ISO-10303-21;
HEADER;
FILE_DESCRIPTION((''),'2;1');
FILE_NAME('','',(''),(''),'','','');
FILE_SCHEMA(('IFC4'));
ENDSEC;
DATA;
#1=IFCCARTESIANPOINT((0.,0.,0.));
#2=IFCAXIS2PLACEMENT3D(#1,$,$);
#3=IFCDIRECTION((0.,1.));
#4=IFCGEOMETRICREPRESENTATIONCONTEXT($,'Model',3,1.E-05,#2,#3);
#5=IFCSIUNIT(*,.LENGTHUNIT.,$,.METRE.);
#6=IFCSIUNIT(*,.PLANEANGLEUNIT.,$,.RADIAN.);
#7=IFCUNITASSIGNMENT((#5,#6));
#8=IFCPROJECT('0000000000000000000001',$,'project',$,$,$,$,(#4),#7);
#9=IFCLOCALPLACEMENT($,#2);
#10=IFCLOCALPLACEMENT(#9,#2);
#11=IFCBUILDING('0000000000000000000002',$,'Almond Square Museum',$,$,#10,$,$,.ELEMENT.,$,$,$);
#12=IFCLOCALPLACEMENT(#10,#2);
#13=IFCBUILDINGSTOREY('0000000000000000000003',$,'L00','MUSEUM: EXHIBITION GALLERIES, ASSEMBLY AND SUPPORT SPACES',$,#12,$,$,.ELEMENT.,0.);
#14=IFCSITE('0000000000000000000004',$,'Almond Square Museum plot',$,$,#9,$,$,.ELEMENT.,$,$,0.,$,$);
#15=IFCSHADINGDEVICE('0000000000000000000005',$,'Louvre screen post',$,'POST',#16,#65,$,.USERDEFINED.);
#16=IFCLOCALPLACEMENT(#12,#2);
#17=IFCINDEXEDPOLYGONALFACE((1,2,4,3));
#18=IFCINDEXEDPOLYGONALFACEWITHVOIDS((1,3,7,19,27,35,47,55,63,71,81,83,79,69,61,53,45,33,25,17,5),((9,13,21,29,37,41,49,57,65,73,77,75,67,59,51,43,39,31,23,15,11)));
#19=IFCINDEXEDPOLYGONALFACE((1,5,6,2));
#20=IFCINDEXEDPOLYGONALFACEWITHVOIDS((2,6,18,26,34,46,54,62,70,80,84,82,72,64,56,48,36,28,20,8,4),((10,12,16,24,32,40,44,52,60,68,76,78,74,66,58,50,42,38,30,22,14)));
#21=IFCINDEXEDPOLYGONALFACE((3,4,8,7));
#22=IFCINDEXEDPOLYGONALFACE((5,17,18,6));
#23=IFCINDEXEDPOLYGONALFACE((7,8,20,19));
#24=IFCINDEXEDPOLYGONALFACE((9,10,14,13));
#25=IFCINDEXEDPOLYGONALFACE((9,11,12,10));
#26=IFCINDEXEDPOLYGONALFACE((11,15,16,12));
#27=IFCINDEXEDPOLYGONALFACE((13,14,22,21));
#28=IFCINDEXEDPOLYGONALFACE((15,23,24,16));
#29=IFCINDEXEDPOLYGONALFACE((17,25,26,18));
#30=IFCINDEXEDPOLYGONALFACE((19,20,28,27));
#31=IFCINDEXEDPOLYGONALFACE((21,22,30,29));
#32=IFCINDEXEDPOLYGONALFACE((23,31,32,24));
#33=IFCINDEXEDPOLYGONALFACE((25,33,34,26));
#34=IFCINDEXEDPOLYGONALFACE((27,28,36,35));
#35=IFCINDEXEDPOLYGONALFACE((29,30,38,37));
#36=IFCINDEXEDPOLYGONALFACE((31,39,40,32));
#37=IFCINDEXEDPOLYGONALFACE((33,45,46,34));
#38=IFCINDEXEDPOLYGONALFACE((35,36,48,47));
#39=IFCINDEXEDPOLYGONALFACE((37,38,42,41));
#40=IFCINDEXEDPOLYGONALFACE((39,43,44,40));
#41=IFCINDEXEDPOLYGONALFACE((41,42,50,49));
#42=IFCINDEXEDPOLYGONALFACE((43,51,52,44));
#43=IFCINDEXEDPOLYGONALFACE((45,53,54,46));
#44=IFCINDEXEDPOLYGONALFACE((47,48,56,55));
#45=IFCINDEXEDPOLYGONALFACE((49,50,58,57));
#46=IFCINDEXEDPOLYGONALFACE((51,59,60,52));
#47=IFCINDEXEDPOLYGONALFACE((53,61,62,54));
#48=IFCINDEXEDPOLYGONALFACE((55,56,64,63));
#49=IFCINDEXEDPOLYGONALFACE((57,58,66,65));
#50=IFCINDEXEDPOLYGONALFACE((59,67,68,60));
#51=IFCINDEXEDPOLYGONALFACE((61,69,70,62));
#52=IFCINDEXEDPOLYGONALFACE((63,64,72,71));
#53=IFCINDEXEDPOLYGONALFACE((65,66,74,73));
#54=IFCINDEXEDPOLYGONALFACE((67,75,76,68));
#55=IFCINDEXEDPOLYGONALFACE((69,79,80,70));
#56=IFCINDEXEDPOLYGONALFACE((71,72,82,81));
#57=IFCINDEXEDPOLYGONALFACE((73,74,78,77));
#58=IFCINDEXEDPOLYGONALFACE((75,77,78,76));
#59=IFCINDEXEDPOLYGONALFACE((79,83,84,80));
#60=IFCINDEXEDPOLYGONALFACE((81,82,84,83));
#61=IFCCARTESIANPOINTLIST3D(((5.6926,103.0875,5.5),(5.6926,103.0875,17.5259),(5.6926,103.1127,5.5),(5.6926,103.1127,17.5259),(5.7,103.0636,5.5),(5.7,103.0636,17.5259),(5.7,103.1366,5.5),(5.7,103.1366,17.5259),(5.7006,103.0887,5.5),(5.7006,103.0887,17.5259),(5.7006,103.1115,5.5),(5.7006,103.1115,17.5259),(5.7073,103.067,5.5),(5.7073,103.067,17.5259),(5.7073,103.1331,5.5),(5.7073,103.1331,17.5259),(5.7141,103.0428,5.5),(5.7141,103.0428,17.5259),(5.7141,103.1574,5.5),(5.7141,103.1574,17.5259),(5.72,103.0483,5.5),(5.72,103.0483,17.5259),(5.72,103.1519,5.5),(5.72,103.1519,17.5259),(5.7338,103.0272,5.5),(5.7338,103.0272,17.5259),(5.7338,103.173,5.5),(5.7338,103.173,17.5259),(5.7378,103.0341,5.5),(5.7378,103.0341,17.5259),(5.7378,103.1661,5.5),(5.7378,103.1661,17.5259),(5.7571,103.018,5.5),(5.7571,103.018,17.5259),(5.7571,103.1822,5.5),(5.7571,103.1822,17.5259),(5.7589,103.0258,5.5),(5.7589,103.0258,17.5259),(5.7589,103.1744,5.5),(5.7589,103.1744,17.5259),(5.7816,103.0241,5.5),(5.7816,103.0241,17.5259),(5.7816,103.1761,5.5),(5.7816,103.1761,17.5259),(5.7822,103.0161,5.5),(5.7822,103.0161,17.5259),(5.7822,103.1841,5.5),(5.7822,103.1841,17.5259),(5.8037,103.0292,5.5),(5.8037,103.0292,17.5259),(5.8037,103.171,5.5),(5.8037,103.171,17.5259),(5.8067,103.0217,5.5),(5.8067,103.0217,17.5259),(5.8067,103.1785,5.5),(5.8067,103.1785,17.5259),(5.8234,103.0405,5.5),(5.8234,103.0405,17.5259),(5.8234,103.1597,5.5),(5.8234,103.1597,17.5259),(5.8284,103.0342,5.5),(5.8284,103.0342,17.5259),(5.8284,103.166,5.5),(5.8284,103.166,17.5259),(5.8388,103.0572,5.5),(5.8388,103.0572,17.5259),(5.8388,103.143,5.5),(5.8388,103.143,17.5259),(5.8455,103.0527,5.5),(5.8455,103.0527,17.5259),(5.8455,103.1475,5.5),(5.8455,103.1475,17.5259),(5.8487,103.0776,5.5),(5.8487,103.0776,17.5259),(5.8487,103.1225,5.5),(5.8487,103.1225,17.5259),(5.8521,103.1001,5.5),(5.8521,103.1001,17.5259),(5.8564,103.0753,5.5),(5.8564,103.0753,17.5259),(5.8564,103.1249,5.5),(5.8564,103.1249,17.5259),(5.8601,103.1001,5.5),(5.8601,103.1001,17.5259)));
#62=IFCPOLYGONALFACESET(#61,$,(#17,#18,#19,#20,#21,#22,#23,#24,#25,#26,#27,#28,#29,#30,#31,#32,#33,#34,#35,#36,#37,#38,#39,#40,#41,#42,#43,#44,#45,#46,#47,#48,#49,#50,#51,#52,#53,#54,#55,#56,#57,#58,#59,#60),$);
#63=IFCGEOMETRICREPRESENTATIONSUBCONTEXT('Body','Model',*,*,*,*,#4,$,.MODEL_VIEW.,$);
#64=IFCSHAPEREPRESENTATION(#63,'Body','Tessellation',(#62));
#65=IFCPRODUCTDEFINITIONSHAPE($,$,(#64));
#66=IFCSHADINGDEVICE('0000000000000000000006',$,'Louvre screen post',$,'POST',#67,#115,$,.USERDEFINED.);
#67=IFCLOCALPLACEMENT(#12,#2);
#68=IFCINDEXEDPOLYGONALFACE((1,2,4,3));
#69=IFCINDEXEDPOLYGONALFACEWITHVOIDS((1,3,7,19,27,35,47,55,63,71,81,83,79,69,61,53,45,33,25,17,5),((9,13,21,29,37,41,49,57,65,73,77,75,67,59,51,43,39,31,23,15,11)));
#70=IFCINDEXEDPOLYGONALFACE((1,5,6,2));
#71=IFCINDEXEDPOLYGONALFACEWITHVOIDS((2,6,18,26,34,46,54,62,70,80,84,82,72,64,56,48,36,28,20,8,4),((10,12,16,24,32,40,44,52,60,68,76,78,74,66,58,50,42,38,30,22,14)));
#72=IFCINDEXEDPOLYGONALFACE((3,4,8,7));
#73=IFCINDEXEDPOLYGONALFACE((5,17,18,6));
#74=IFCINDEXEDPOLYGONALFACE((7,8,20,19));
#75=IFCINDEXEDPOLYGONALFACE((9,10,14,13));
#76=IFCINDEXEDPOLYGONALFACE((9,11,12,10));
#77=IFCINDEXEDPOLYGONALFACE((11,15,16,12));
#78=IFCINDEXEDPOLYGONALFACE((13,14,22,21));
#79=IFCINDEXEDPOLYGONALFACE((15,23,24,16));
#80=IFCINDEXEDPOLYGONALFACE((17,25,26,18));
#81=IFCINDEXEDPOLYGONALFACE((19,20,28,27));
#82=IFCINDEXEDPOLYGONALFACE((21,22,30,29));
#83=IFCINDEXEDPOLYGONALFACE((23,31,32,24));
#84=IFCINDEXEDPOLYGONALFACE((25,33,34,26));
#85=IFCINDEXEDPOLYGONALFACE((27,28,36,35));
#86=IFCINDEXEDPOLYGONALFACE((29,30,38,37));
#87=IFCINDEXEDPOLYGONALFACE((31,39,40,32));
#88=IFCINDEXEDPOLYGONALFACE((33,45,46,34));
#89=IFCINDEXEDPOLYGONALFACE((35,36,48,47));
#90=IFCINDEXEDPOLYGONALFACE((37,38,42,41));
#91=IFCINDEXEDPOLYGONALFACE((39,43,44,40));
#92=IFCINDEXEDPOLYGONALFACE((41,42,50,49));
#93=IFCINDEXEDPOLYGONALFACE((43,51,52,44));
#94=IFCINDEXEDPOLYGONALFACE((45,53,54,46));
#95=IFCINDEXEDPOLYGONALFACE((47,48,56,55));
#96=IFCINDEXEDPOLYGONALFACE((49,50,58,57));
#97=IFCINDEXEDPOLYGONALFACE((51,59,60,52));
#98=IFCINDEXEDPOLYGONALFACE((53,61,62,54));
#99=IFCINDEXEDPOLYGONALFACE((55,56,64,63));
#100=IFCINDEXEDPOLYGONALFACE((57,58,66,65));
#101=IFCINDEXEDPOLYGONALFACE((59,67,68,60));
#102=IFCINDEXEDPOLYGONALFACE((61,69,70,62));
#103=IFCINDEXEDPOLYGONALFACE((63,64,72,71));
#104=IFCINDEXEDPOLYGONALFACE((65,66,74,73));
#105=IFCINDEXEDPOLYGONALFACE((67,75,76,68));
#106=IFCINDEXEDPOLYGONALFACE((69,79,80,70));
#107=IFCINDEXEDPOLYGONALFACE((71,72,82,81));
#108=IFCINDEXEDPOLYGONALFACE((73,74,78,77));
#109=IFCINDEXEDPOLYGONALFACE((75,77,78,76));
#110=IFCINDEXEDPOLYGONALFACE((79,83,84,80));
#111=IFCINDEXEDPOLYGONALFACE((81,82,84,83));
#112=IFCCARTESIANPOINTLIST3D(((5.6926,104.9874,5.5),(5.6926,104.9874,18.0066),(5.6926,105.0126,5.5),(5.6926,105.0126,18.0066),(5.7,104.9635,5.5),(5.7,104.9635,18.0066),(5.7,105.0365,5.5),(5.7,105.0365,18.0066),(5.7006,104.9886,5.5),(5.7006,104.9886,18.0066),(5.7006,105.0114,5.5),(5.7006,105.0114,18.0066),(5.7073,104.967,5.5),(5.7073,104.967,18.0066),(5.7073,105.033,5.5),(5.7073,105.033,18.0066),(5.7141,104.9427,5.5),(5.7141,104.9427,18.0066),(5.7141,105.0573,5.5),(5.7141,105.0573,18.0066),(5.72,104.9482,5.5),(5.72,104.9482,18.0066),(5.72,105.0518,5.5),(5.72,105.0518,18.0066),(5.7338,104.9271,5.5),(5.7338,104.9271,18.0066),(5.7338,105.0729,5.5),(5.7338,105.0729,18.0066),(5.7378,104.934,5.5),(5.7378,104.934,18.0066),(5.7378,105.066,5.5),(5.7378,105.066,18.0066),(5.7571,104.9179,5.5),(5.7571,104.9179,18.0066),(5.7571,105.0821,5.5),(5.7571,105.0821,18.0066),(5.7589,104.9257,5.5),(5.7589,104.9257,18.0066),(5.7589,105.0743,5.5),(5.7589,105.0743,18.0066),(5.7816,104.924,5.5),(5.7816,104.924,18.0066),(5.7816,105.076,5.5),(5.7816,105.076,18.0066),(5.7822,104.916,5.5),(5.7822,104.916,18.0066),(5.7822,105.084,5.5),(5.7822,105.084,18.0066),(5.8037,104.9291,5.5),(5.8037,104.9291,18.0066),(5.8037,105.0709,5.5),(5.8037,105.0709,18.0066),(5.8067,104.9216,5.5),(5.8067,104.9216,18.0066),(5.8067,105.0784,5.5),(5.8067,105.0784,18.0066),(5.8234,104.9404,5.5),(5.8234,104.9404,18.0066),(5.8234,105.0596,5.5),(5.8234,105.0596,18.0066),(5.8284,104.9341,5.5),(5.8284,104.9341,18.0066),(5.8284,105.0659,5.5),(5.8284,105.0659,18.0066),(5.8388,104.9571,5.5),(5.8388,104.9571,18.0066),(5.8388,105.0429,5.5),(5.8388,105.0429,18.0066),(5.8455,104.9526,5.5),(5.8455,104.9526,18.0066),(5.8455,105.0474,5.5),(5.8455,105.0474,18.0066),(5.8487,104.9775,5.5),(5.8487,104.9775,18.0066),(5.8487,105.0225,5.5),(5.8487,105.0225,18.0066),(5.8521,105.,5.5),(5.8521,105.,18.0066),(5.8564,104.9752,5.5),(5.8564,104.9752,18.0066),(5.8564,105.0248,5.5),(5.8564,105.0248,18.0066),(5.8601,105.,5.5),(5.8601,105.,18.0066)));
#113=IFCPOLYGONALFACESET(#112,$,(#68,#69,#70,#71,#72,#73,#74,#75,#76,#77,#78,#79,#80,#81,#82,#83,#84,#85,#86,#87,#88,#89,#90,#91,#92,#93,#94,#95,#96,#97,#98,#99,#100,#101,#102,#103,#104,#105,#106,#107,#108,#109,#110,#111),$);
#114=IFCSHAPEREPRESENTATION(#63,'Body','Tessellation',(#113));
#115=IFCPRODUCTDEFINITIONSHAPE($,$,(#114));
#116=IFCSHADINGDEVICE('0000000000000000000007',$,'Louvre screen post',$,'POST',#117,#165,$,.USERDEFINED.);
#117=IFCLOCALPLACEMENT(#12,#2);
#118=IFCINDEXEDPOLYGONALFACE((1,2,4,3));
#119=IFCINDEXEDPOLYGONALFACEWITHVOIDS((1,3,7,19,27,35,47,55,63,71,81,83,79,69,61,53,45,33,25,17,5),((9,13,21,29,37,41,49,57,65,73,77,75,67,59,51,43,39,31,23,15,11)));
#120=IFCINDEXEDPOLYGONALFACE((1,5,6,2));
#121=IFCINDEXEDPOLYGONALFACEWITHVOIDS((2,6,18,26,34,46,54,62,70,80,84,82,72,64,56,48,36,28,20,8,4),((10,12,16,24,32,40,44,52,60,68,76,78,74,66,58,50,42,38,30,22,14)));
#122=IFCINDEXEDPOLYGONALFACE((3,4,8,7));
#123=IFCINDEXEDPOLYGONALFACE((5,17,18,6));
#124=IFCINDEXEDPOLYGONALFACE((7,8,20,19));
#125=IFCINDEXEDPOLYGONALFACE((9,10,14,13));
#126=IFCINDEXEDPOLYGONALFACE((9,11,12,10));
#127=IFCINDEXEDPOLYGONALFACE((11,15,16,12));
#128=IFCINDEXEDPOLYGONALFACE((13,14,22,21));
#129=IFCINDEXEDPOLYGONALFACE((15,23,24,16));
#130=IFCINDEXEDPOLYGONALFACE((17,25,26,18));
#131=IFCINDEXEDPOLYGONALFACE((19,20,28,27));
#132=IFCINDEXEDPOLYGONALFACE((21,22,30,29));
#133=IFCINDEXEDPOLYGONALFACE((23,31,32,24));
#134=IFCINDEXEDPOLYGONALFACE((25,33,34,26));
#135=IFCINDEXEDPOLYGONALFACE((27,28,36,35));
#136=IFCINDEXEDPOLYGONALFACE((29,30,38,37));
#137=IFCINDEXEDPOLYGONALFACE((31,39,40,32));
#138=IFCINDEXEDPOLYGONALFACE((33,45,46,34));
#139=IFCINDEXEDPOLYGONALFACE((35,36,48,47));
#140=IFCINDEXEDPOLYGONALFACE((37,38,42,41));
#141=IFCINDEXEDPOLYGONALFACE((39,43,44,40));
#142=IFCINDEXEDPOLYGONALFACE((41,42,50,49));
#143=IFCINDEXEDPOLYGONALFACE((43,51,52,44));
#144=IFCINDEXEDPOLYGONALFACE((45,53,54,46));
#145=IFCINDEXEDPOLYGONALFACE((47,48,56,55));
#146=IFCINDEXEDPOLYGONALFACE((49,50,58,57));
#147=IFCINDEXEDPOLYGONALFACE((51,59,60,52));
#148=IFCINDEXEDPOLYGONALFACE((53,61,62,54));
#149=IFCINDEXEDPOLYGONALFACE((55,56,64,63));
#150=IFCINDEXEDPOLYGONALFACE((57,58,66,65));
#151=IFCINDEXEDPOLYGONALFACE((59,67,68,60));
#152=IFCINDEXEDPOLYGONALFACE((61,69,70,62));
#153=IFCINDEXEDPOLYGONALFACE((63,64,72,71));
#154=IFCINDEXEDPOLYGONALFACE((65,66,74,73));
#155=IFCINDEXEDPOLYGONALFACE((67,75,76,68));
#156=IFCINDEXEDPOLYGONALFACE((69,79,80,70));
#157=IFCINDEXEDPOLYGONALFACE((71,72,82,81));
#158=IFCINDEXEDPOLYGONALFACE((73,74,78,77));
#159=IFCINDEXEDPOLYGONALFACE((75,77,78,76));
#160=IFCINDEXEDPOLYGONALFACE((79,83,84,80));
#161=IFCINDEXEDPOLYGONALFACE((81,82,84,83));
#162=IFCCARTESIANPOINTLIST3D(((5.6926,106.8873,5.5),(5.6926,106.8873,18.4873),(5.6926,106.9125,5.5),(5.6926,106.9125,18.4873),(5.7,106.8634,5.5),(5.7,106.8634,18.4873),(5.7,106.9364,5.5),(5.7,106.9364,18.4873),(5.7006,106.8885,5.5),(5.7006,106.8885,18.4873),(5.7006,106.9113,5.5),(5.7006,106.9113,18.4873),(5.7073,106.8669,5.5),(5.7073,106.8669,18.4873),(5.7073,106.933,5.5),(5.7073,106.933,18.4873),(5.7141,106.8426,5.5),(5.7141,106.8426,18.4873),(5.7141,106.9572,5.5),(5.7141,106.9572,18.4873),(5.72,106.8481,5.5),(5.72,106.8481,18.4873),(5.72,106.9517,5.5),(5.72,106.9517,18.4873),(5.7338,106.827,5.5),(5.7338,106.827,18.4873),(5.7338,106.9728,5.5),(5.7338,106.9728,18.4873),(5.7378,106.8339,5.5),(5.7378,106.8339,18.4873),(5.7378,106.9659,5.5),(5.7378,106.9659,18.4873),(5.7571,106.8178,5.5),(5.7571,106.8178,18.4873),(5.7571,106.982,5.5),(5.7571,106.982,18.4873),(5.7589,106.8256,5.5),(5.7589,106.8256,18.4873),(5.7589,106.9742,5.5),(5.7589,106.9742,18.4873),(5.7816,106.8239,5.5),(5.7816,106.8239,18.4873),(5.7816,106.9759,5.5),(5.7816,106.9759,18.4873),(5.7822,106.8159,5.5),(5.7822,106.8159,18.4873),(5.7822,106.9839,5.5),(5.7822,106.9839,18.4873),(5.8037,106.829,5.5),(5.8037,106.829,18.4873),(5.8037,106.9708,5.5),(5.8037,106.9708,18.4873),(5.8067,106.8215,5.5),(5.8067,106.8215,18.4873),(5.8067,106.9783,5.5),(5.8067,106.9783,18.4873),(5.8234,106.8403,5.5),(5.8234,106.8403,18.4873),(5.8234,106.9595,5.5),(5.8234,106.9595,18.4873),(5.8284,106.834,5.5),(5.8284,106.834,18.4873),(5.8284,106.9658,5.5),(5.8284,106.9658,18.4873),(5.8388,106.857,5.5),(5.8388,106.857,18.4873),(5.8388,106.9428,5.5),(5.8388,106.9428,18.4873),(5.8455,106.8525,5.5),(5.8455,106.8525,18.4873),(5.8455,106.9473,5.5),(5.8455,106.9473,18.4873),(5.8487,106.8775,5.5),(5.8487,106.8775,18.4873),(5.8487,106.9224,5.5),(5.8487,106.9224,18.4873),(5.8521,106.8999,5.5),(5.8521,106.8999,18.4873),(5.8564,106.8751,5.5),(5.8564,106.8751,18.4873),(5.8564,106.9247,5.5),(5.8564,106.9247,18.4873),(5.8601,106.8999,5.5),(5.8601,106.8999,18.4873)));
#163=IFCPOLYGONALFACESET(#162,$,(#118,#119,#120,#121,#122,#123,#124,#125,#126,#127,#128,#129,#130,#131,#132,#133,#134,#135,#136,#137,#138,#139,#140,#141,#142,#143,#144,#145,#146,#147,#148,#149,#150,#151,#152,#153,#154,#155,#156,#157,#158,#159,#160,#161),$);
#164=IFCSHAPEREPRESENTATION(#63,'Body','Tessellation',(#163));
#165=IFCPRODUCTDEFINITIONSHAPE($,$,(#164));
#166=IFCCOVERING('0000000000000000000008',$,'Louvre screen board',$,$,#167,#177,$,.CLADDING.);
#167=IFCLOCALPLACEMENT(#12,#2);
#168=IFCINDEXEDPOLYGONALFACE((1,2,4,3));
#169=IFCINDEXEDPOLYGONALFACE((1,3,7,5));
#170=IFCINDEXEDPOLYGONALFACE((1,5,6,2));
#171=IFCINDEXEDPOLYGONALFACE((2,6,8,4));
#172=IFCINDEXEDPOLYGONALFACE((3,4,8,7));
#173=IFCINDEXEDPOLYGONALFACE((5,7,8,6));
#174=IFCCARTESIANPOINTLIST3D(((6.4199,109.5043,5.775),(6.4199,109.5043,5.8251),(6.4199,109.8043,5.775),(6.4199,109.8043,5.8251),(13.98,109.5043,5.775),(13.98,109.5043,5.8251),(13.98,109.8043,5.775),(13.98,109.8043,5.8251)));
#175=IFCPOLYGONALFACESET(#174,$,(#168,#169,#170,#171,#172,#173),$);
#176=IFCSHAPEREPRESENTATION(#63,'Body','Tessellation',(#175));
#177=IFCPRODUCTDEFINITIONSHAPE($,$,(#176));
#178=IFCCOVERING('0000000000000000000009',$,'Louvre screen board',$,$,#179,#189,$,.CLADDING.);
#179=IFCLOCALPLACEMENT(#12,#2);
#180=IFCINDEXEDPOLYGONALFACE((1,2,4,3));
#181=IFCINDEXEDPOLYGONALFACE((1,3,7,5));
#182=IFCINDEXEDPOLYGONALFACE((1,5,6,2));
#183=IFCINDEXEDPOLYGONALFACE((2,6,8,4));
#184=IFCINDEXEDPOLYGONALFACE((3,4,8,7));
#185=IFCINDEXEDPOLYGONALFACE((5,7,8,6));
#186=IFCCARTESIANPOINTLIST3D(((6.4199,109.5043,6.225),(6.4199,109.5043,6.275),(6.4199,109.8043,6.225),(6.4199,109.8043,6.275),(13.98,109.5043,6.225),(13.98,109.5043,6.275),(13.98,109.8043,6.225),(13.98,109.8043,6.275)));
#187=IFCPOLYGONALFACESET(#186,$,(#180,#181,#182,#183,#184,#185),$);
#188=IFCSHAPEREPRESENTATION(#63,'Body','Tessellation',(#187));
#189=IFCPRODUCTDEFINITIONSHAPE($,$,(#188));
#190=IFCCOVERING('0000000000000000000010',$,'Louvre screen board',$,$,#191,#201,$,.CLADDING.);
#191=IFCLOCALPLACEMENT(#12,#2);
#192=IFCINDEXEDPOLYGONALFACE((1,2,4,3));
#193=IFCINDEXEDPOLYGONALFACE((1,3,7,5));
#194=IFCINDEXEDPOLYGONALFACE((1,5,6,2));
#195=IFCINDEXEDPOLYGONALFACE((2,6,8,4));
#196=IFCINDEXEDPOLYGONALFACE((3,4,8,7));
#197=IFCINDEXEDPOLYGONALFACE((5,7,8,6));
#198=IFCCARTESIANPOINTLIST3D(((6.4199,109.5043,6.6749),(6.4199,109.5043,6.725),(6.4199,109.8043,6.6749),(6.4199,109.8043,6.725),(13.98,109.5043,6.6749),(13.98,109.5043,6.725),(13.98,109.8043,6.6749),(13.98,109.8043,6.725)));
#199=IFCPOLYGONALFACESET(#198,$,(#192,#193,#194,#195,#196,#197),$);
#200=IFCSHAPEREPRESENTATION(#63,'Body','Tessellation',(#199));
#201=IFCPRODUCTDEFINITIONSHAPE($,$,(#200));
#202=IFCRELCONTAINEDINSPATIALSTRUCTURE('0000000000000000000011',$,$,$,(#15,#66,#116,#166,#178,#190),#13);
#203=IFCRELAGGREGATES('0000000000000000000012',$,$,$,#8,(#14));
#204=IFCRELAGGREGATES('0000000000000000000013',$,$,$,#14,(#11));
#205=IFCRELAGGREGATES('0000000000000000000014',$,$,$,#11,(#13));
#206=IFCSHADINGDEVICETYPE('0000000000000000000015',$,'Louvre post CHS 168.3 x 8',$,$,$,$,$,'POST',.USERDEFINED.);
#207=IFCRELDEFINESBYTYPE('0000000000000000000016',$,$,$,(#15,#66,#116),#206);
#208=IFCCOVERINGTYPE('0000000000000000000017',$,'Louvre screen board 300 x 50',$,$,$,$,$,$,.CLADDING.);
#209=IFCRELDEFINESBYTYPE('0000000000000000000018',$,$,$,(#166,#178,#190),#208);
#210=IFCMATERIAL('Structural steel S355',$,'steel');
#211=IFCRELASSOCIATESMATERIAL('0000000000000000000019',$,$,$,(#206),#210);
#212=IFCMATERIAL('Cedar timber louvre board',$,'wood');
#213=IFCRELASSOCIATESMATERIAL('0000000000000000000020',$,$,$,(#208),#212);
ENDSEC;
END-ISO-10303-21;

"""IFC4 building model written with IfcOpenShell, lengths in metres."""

from ifc_helpers import new_model, si_unit, direction, frame, origin, origin_2d, place, context, subcontext, project, spatial, rectangle, hollow_circle, extrude, material, material_profile, profile_set, type_object, element, save


model = new_model("IFC4")

# Units and contexts
model_context = context("Model", 3, precision=1e-05, world=origin(), true_north=direction((0.0, 1.0)))
body_context = subcontext(model_context, "Body", "Model", "MODEL_VIEW")
ifc_project = project(units=[si_unit("LENGTHUNIT", "METRE"), si_unit("PLANEANGLEUNIT", "RADIAN")], contexts=[model_context])

# Site, building, storey
site_placement = place(None, origin())
site = spatial("IfcSite", under=ifc_project, at=site_placement, Name="Almond Square Museum plot", CompositionType="ELEMENT", RefElevation=0.0)
building_placement = place(site_placement, origin())
building = spatial("IfcBuilding", under=site, at=building_placement, Name="Almond Square Museum", CompositionType="ELEMENT")
storey_placement = place(building_placement, origin())
storey = spatial("IfcBuildingStorey", under=building, at=storey_placement, Name="L00", Description="MUSEUM: EXHIBITION GALLERIES, ASSEMBLY AND SUPPORT SPACES", CompositionType="ELEMENT", Elevation=0.0)

# Shading devices
ifc_material_1 = material(Name="Structural steel S355", Category="steel")
ifc_material_profile_1 = material_profile(ifc_material_1, hollow_circle(Radius=0.0842, WallThickness=0.0081, at=origin_2d()))
ifc_profile_set_1 = profile_set([ifc_material_profile_1], Name="Structural steel S355")
shading_device_type = type_object("IfcShadingDeviceType", Name="Louvre post CHS 168.3 x 8", ElementType="POST", PredefinedType="USERDEFINED", material=ifc_profile_set_1)
shading_device_1_placement = place(storey_placement, frame((5.7759, 103.1001, 5.5), z_axis=(0.0, 0.0, 1.0), x_axis=(1.0, 0.0, 0.0)))
element("IfcShadingDevice", 1, at=shading_device_1_placement, inside=storey, type_object=shading_device_type, Name="Louvre screen post", ObjectType="POST", PredefinedType="USERDEFINED", context=body_context, shape_type="SweptSolid", body=[
    extrude(hollow_circle(Radius=0.0842, WallThickness=0.0081, at=origin_2d()), origin(), (0.0, 0.0, 1.0), 12.0259),
])
shading_device_2_placement = place(storey_placement, frame((5.7759, 105.0, 5.5), z_axis=(0.0, 0.0, 1.0), x_axis=(1.0, 0.0, 0.0)))
element("IfcShadingDevice", 2, at=shading_device_2_placement, inside=storey, type_object=shading_device_type, Name="Louvre screen post", ObjectType="POST", PredefinedType="USERDEFINED", context=body_context, shape_type="SweptSolid", body=[
    extrude(hollow_circle(Radius=0.0842, WallThickness=0.0081, at=origin_2d()), origin(), (0.0, 0.0, 1.0), 12.5066),
])
shading_device_3_placement = place(storey_placement, frame((5.7759, 106.8999, 5.5), z_axis=(0.0, 0.0, 1.0), x_axis=(1.0, 0.0, 0.0)))
element("IfcShadingDevice", 3, at=shading_device_3_placement, inside=storey, type_object=shading_device_type, Name="Louvre screen post", ObjectType="POST", PredefinedType="USERDEFINED", context=body_context, shape_type="SweptSolid", body=[
    extrude(hollow_circle(Radius=0.0842, WallThickness=0.0081, at=origin_2d()), origin(), (0.0, 0.0, 1.0), 12.9873),
])

# Coverings
ifc_material_2 = material(Name="Cedar timber louvre board", Category="wood")
ifc_material_profile_2 = material_profile(ifc_material_2, rectangle(XDim=0.3, YDim=0.05, at=origin_2d()))
ifc_profile_set_2 = profile_set([ifc_material_profile_2], Name="Cedar timber louvre board")
covering_type_1 = type_object("IfcCoveringType", Name="Louvre screen board 300 x 50", PredefinedType="CLADDING", material=ifc_profile_set_2)
for number, where, z_axis, x_axis, name in (
    (4, (6.4199, 109.6543, 5.8), (1.0, 0.0, 0.0), (0.0, 1.0, 0.0), "Louvre screen board"),
    (5, (6.4199, 109.6543, 6.25), (1.0, 0.0, 0.0), (0.0, 1.0, 0.0), "Louvre screen board"),
    (6, (6.4199, 109.6543, 6.7), (1.0, 0.0, 0.0), (0.0, 1.0, 0.0), "Louvre screen board"),
):
    element("IfcCovering", number, at=place(storey_placement, frame(where, z_axis=z_axis, x_axis=x_axis)), inside=storey, type_object=covering_type_1, Name=name, PredefinedType="CLADDING", context=body_context, shape_type="SweptSolid", body=[
        extrude(rectangle(XDim=0.3, YDim=0.05, at=origin_2d()), origin(), (0.0, 0.0, 1.0), 7.5601),
    ])

save(model, "model.ifc")
